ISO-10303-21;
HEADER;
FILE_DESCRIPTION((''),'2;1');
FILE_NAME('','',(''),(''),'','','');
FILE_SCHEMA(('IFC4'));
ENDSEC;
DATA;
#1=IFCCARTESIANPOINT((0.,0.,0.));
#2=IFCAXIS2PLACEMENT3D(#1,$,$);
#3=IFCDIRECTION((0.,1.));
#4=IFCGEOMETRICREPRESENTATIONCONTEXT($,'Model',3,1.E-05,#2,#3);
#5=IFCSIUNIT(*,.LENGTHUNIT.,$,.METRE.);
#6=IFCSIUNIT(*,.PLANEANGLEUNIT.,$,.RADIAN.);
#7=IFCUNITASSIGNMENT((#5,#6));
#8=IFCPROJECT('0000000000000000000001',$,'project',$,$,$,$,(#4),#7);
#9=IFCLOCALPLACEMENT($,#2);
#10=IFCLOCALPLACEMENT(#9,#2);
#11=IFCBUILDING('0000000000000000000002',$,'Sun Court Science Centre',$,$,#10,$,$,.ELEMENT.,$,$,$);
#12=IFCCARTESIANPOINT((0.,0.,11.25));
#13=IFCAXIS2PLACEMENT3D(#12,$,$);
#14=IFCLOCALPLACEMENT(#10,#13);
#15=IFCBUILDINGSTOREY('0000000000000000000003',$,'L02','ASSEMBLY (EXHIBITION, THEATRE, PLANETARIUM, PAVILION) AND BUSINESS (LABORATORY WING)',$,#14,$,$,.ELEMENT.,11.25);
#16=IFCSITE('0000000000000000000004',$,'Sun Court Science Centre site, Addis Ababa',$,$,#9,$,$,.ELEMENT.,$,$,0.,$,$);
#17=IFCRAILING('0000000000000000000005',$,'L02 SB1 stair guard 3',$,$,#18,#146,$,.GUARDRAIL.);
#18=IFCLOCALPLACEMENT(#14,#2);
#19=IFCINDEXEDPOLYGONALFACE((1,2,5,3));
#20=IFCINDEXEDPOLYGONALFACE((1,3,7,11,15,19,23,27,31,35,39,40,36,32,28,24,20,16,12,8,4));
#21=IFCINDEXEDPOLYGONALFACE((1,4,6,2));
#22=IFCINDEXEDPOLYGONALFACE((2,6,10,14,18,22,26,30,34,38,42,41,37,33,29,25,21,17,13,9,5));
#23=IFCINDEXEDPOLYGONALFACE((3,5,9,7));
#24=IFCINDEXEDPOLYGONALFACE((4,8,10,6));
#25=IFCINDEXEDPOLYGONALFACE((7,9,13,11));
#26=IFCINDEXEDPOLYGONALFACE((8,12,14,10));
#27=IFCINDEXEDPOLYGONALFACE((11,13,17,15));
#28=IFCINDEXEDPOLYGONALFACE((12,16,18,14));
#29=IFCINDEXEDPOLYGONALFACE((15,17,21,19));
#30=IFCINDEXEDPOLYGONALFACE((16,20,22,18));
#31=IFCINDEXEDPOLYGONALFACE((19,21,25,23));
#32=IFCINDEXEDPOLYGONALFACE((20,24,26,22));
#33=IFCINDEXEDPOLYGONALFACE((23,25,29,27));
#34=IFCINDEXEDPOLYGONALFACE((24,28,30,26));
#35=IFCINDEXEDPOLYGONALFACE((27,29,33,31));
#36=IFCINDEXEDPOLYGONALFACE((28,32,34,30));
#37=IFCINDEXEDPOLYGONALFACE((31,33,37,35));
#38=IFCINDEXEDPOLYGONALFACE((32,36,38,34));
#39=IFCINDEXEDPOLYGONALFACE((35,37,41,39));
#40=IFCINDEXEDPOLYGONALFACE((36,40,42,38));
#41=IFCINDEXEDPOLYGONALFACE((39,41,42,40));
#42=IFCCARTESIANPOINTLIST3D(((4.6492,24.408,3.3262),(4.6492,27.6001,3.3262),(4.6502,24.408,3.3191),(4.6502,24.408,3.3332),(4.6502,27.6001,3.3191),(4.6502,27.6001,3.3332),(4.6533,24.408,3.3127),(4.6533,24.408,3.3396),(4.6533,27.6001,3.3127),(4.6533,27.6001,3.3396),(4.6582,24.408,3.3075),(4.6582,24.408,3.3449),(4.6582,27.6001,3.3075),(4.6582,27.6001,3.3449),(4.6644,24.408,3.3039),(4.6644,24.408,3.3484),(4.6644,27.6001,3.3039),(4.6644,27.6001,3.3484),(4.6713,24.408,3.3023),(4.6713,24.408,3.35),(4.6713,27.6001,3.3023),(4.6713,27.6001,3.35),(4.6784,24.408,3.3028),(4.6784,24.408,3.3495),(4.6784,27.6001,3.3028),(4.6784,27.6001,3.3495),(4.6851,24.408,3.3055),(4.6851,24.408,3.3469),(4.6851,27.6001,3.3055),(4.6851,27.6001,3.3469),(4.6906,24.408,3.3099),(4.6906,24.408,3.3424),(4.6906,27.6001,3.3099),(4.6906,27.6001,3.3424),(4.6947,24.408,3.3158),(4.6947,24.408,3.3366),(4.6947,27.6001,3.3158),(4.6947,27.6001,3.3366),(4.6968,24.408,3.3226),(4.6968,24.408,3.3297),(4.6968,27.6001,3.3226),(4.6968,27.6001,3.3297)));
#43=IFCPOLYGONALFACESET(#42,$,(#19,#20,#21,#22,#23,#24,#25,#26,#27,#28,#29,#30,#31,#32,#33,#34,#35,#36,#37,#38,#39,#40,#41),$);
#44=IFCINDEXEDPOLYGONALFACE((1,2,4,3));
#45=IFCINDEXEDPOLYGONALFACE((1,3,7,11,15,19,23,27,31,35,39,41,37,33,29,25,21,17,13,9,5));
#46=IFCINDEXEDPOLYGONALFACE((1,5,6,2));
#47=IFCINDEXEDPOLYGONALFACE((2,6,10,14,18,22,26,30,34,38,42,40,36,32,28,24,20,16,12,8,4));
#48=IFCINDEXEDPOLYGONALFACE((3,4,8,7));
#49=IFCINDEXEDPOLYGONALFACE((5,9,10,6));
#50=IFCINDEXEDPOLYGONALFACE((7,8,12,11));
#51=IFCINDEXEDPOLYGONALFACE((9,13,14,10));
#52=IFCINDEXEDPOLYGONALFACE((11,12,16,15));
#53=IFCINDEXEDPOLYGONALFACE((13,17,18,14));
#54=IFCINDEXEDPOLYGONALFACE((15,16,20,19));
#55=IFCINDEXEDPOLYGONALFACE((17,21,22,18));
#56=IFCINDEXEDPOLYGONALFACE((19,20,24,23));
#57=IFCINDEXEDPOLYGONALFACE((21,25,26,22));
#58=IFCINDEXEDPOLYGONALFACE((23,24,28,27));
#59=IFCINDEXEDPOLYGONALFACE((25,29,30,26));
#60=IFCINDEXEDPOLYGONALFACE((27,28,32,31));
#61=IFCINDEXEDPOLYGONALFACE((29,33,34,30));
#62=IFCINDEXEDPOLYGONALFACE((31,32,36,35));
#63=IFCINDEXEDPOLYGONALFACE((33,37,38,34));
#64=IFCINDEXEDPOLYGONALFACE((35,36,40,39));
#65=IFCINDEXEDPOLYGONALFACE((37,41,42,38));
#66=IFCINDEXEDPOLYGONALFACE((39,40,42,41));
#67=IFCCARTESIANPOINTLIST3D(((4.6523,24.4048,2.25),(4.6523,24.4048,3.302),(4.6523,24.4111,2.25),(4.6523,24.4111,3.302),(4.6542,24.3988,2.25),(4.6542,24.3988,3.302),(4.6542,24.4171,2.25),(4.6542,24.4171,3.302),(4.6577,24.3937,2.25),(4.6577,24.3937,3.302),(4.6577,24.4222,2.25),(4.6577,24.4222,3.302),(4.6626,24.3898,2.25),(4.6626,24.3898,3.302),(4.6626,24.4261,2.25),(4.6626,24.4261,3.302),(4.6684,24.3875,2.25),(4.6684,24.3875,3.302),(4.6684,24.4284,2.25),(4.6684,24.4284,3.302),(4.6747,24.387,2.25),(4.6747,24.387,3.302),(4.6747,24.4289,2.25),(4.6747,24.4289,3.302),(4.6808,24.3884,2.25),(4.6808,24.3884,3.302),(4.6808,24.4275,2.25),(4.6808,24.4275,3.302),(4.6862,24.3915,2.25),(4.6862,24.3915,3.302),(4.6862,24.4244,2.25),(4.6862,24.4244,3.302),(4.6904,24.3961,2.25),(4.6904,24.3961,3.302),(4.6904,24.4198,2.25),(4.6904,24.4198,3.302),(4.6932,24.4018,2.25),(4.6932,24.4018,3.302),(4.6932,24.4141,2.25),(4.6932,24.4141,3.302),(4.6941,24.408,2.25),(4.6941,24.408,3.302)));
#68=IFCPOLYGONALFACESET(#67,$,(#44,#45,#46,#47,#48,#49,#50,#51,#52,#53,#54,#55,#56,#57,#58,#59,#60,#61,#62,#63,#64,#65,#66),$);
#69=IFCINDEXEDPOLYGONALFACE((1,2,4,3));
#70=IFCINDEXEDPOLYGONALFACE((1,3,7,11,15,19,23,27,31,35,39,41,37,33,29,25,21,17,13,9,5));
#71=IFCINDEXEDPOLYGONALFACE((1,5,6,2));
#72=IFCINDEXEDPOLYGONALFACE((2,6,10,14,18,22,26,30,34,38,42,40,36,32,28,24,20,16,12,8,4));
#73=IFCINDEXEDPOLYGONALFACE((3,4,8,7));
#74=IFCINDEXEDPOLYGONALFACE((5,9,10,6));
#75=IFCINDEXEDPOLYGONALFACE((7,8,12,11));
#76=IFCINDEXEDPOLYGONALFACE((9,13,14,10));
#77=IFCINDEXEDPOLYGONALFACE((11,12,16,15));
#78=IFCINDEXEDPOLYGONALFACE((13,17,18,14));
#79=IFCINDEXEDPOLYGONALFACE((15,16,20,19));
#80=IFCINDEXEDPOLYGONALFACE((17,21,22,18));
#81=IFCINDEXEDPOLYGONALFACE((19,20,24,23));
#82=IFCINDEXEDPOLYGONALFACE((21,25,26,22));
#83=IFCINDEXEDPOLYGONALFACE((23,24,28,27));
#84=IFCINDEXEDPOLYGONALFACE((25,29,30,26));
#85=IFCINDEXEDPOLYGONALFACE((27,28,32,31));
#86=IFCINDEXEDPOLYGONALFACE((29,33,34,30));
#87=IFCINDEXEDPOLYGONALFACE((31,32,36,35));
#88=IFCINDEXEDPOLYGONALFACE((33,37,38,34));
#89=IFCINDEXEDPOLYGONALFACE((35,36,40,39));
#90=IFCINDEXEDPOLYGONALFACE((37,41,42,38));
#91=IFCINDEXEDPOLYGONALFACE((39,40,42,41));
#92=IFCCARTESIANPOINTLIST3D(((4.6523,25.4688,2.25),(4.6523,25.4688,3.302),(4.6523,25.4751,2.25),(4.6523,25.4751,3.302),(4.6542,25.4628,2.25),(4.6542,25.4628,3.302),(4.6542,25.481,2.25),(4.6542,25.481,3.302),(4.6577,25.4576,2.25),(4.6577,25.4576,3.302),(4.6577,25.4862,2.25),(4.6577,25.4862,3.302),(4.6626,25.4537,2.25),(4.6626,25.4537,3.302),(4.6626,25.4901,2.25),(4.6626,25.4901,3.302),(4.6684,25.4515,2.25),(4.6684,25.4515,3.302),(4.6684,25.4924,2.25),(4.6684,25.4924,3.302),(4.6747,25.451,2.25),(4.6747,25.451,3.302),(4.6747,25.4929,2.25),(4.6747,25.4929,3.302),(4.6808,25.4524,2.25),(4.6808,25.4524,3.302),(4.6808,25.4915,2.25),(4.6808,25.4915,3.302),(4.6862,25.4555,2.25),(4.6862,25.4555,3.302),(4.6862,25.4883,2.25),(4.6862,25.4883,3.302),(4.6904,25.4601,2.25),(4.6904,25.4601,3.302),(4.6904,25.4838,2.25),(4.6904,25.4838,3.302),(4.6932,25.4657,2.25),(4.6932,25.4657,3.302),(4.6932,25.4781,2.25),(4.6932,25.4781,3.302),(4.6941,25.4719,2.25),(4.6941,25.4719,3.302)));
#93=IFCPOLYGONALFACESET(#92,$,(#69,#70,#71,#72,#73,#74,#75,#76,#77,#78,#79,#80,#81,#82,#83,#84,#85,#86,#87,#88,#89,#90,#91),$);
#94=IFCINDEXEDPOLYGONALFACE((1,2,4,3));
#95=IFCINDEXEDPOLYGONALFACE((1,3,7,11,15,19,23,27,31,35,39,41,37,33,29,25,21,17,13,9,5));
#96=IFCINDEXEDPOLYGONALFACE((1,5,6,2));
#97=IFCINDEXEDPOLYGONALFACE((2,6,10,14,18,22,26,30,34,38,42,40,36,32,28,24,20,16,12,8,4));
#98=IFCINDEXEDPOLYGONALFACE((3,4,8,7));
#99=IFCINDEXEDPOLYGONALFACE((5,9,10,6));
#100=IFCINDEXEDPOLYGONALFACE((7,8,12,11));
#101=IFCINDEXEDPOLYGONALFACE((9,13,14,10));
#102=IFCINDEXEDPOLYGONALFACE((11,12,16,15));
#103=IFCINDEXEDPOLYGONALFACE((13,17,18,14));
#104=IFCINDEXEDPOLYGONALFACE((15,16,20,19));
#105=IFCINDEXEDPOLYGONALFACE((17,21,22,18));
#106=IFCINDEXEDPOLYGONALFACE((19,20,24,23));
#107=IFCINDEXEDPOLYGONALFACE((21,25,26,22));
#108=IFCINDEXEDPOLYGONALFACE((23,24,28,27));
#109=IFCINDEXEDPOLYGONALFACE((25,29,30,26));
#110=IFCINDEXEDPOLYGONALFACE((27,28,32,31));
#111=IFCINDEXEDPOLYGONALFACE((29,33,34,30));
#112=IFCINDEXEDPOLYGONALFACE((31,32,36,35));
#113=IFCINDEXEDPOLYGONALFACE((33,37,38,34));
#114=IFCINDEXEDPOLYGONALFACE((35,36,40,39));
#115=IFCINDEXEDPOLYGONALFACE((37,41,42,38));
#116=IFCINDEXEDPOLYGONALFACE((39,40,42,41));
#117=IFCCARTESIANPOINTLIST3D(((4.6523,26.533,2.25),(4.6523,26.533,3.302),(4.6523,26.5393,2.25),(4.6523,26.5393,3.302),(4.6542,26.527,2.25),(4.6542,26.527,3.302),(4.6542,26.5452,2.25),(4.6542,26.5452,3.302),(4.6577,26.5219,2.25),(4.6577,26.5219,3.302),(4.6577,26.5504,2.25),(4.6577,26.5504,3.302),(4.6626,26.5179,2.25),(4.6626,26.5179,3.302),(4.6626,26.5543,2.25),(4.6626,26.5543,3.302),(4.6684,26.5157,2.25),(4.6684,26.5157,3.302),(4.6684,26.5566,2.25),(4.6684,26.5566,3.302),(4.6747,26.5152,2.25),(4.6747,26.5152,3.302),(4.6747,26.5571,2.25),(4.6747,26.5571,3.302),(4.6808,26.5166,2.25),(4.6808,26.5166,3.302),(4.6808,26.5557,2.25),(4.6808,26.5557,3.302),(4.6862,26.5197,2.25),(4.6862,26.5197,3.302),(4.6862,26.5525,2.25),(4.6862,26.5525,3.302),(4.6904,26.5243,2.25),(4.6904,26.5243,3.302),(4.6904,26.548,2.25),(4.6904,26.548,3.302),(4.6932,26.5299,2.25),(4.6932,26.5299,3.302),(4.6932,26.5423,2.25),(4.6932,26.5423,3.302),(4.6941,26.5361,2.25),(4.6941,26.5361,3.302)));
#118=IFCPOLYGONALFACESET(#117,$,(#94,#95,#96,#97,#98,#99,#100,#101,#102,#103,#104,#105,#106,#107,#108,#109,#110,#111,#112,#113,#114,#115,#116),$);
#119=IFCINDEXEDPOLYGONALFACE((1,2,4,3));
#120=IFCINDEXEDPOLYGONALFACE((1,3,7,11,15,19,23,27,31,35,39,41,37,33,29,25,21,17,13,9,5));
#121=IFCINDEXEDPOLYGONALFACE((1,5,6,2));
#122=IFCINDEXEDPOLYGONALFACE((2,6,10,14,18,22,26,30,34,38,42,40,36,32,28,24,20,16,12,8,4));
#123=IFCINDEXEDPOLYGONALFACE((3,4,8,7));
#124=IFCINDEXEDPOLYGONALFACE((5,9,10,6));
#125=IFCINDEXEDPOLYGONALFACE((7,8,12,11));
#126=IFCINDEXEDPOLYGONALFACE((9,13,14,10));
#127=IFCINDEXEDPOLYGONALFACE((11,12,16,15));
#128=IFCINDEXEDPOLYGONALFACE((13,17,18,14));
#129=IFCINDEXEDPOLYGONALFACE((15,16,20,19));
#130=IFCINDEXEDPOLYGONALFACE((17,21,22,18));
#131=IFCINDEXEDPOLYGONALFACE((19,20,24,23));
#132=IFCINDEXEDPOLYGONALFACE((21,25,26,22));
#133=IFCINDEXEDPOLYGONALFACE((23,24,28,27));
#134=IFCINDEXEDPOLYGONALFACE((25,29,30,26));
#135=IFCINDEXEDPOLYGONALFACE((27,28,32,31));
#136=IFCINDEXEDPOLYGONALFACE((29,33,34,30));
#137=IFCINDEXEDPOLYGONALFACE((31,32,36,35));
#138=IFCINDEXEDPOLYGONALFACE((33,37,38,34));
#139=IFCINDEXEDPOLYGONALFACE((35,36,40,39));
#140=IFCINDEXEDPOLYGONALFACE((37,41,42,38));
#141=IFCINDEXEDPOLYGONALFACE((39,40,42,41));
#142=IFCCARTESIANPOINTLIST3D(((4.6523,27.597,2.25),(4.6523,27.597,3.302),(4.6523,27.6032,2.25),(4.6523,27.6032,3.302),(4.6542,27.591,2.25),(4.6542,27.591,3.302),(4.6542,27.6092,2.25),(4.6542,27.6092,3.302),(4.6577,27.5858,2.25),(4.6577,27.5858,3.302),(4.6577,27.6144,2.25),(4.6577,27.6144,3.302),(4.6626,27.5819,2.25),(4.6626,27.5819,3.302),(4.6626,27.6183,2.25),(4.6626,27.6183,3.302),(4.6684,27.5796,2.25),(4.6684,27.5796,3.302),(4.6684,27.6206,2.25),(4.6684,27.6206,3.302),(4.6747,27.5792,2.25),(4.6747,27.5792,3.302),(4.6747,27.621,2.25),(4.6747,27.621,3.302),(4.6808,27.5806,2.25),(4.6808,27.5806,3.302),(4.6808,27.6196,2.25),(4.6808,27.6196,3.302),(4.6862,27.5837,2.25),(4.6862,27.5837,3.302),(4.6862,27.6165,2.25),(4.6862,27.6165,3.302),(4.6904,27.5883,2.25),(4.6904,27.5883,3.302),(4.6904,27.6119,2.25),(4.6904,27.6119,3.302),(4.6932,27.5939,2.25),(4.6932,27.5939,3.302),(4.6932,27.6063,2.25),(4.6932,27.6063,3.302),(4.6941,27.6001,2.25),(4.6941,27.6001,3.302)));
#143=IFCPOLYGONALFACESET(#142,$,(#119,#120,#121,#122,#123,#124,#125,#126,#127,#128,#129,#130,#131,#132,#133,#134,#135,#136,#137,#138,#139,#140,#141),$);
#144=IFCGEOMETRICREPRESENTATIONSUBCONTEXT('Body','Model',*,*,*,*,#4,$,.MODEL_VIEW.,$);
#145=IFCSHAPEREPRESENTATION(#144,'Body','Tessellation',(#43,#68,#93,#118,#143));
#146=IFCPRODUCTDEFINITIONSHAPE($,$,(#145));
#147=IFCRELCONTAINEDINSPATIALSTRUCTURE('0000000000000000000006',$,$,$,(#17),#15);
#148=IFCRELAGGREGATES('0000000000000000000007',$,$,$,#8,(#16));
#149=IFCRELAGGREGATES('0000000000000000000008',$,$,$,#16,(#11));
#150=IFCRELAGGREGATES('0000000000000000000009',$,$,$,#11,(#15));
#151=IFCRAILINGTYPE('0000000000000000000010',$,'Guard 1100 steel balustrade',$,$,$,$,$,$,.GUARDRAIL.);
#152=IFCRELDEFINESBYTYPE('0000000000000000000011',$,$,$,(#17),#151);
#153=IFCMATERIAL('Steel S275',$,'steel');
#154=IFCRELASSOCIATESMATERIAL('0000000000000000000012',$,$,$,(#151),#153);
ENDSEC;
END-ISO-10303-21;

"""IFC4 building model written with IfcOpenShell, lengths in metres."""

from ifc_helpers import new_model, si_unit, direction, frame, origin, origin_2d, place, context, subcontext, project, spatial, circle, extrude, material, type_object, element, save


model = new_model("IFC4")

# Units and contexts
model_context = context("Model", 3, precision=1e-05, world=origin(), true_north=direction((0.0, 1.0)))
body_context = subcontext(model_context, "Body", "Model", "MODEL_VIEW")
ifc_project = project(units=[si_unit("LENGTHUNIT", "METRE"), si_unit("PLANEANGLEUNIT", "RADIAN")], contexts=[model_context])

# Site, building, storey
site_placement = place(None, origin())
site = spatial("IfcSite", under=ifc_project, at=site_placement, Name="Sun Court Science Centre site, Addis Ababa", CompositionType="ELEMENT", RefElevation=0.0)
building_placement = place(site_placement, origin())
building = spatial("IfcBuilding", under=site, at=building_placement, Name="Sun Court Science Centre", CompositionType="ELEMENT")
storey_placement = place(building_placement, frame((0.0, 0.0, 11.25)))
storey = spatial("IfcBuildingStorey", under=building, at=storey_placement, Name="L02", Description="ASSEMBLY (EXHIBITION, THEATRE, PLANETARIUM, PAVILION) AND BUSINESS (LABORATORY WING)", CompositionType="ELEMENT", Elevation=11.25)

# Railing
ifc_material_1 = material(Name="Steel S275", Category="steel")
railing_type_1 = type_object("IfcRailingType", Name="Guard 1100 steel balustrade", PredefinedType="GUARDRAIL", material=ifc_material_1)
for number, where, name in (
    (1, (4.6731, 24.408, 2.25), "L02 SB1 stair guard 3"),
):
    element("IfcRailing", number, at=place(storey_placement, frame(where)), inside=storey, type_object=railing_type_1, Name=name, PredefinedType="GUARDRAIL", context=body_context, shape_type="SweptSolid", body=[
        extrude(circle(Radius=0.0239, at=origin_2d()), frame((0.0, 0.0, 1.0762), z_axis=(0.0, 1.0, 0.0), x_axis=(-1.0, 0.0, 0.0)), (0.0, 0.0, 1.0), 3.1921),
        extrude(circle(Radius=0.021, at=origin_2d()), origin(), (0.0, 0.0, 1.0), 1.052),
        extrude(circle(Radius=0.021, at=origin_2d()), frame((0.0, 1.064, 0.0)), (0.0, 0.0, 1.0), 1.052),
        extrude(circle(Radius=0.021, at=origin_2d()), frame((0.0, 2.1282, 0.0)), (0.0, 0.0, 1.0), 1.052),
        extrude(circle(Radius=0.021, at=origin_2d()), frame((0.0, 3.1921, 0.0)), (0.0, 0.0, 1.0), 1.052),
    ])

save(model, "model.ifc")
